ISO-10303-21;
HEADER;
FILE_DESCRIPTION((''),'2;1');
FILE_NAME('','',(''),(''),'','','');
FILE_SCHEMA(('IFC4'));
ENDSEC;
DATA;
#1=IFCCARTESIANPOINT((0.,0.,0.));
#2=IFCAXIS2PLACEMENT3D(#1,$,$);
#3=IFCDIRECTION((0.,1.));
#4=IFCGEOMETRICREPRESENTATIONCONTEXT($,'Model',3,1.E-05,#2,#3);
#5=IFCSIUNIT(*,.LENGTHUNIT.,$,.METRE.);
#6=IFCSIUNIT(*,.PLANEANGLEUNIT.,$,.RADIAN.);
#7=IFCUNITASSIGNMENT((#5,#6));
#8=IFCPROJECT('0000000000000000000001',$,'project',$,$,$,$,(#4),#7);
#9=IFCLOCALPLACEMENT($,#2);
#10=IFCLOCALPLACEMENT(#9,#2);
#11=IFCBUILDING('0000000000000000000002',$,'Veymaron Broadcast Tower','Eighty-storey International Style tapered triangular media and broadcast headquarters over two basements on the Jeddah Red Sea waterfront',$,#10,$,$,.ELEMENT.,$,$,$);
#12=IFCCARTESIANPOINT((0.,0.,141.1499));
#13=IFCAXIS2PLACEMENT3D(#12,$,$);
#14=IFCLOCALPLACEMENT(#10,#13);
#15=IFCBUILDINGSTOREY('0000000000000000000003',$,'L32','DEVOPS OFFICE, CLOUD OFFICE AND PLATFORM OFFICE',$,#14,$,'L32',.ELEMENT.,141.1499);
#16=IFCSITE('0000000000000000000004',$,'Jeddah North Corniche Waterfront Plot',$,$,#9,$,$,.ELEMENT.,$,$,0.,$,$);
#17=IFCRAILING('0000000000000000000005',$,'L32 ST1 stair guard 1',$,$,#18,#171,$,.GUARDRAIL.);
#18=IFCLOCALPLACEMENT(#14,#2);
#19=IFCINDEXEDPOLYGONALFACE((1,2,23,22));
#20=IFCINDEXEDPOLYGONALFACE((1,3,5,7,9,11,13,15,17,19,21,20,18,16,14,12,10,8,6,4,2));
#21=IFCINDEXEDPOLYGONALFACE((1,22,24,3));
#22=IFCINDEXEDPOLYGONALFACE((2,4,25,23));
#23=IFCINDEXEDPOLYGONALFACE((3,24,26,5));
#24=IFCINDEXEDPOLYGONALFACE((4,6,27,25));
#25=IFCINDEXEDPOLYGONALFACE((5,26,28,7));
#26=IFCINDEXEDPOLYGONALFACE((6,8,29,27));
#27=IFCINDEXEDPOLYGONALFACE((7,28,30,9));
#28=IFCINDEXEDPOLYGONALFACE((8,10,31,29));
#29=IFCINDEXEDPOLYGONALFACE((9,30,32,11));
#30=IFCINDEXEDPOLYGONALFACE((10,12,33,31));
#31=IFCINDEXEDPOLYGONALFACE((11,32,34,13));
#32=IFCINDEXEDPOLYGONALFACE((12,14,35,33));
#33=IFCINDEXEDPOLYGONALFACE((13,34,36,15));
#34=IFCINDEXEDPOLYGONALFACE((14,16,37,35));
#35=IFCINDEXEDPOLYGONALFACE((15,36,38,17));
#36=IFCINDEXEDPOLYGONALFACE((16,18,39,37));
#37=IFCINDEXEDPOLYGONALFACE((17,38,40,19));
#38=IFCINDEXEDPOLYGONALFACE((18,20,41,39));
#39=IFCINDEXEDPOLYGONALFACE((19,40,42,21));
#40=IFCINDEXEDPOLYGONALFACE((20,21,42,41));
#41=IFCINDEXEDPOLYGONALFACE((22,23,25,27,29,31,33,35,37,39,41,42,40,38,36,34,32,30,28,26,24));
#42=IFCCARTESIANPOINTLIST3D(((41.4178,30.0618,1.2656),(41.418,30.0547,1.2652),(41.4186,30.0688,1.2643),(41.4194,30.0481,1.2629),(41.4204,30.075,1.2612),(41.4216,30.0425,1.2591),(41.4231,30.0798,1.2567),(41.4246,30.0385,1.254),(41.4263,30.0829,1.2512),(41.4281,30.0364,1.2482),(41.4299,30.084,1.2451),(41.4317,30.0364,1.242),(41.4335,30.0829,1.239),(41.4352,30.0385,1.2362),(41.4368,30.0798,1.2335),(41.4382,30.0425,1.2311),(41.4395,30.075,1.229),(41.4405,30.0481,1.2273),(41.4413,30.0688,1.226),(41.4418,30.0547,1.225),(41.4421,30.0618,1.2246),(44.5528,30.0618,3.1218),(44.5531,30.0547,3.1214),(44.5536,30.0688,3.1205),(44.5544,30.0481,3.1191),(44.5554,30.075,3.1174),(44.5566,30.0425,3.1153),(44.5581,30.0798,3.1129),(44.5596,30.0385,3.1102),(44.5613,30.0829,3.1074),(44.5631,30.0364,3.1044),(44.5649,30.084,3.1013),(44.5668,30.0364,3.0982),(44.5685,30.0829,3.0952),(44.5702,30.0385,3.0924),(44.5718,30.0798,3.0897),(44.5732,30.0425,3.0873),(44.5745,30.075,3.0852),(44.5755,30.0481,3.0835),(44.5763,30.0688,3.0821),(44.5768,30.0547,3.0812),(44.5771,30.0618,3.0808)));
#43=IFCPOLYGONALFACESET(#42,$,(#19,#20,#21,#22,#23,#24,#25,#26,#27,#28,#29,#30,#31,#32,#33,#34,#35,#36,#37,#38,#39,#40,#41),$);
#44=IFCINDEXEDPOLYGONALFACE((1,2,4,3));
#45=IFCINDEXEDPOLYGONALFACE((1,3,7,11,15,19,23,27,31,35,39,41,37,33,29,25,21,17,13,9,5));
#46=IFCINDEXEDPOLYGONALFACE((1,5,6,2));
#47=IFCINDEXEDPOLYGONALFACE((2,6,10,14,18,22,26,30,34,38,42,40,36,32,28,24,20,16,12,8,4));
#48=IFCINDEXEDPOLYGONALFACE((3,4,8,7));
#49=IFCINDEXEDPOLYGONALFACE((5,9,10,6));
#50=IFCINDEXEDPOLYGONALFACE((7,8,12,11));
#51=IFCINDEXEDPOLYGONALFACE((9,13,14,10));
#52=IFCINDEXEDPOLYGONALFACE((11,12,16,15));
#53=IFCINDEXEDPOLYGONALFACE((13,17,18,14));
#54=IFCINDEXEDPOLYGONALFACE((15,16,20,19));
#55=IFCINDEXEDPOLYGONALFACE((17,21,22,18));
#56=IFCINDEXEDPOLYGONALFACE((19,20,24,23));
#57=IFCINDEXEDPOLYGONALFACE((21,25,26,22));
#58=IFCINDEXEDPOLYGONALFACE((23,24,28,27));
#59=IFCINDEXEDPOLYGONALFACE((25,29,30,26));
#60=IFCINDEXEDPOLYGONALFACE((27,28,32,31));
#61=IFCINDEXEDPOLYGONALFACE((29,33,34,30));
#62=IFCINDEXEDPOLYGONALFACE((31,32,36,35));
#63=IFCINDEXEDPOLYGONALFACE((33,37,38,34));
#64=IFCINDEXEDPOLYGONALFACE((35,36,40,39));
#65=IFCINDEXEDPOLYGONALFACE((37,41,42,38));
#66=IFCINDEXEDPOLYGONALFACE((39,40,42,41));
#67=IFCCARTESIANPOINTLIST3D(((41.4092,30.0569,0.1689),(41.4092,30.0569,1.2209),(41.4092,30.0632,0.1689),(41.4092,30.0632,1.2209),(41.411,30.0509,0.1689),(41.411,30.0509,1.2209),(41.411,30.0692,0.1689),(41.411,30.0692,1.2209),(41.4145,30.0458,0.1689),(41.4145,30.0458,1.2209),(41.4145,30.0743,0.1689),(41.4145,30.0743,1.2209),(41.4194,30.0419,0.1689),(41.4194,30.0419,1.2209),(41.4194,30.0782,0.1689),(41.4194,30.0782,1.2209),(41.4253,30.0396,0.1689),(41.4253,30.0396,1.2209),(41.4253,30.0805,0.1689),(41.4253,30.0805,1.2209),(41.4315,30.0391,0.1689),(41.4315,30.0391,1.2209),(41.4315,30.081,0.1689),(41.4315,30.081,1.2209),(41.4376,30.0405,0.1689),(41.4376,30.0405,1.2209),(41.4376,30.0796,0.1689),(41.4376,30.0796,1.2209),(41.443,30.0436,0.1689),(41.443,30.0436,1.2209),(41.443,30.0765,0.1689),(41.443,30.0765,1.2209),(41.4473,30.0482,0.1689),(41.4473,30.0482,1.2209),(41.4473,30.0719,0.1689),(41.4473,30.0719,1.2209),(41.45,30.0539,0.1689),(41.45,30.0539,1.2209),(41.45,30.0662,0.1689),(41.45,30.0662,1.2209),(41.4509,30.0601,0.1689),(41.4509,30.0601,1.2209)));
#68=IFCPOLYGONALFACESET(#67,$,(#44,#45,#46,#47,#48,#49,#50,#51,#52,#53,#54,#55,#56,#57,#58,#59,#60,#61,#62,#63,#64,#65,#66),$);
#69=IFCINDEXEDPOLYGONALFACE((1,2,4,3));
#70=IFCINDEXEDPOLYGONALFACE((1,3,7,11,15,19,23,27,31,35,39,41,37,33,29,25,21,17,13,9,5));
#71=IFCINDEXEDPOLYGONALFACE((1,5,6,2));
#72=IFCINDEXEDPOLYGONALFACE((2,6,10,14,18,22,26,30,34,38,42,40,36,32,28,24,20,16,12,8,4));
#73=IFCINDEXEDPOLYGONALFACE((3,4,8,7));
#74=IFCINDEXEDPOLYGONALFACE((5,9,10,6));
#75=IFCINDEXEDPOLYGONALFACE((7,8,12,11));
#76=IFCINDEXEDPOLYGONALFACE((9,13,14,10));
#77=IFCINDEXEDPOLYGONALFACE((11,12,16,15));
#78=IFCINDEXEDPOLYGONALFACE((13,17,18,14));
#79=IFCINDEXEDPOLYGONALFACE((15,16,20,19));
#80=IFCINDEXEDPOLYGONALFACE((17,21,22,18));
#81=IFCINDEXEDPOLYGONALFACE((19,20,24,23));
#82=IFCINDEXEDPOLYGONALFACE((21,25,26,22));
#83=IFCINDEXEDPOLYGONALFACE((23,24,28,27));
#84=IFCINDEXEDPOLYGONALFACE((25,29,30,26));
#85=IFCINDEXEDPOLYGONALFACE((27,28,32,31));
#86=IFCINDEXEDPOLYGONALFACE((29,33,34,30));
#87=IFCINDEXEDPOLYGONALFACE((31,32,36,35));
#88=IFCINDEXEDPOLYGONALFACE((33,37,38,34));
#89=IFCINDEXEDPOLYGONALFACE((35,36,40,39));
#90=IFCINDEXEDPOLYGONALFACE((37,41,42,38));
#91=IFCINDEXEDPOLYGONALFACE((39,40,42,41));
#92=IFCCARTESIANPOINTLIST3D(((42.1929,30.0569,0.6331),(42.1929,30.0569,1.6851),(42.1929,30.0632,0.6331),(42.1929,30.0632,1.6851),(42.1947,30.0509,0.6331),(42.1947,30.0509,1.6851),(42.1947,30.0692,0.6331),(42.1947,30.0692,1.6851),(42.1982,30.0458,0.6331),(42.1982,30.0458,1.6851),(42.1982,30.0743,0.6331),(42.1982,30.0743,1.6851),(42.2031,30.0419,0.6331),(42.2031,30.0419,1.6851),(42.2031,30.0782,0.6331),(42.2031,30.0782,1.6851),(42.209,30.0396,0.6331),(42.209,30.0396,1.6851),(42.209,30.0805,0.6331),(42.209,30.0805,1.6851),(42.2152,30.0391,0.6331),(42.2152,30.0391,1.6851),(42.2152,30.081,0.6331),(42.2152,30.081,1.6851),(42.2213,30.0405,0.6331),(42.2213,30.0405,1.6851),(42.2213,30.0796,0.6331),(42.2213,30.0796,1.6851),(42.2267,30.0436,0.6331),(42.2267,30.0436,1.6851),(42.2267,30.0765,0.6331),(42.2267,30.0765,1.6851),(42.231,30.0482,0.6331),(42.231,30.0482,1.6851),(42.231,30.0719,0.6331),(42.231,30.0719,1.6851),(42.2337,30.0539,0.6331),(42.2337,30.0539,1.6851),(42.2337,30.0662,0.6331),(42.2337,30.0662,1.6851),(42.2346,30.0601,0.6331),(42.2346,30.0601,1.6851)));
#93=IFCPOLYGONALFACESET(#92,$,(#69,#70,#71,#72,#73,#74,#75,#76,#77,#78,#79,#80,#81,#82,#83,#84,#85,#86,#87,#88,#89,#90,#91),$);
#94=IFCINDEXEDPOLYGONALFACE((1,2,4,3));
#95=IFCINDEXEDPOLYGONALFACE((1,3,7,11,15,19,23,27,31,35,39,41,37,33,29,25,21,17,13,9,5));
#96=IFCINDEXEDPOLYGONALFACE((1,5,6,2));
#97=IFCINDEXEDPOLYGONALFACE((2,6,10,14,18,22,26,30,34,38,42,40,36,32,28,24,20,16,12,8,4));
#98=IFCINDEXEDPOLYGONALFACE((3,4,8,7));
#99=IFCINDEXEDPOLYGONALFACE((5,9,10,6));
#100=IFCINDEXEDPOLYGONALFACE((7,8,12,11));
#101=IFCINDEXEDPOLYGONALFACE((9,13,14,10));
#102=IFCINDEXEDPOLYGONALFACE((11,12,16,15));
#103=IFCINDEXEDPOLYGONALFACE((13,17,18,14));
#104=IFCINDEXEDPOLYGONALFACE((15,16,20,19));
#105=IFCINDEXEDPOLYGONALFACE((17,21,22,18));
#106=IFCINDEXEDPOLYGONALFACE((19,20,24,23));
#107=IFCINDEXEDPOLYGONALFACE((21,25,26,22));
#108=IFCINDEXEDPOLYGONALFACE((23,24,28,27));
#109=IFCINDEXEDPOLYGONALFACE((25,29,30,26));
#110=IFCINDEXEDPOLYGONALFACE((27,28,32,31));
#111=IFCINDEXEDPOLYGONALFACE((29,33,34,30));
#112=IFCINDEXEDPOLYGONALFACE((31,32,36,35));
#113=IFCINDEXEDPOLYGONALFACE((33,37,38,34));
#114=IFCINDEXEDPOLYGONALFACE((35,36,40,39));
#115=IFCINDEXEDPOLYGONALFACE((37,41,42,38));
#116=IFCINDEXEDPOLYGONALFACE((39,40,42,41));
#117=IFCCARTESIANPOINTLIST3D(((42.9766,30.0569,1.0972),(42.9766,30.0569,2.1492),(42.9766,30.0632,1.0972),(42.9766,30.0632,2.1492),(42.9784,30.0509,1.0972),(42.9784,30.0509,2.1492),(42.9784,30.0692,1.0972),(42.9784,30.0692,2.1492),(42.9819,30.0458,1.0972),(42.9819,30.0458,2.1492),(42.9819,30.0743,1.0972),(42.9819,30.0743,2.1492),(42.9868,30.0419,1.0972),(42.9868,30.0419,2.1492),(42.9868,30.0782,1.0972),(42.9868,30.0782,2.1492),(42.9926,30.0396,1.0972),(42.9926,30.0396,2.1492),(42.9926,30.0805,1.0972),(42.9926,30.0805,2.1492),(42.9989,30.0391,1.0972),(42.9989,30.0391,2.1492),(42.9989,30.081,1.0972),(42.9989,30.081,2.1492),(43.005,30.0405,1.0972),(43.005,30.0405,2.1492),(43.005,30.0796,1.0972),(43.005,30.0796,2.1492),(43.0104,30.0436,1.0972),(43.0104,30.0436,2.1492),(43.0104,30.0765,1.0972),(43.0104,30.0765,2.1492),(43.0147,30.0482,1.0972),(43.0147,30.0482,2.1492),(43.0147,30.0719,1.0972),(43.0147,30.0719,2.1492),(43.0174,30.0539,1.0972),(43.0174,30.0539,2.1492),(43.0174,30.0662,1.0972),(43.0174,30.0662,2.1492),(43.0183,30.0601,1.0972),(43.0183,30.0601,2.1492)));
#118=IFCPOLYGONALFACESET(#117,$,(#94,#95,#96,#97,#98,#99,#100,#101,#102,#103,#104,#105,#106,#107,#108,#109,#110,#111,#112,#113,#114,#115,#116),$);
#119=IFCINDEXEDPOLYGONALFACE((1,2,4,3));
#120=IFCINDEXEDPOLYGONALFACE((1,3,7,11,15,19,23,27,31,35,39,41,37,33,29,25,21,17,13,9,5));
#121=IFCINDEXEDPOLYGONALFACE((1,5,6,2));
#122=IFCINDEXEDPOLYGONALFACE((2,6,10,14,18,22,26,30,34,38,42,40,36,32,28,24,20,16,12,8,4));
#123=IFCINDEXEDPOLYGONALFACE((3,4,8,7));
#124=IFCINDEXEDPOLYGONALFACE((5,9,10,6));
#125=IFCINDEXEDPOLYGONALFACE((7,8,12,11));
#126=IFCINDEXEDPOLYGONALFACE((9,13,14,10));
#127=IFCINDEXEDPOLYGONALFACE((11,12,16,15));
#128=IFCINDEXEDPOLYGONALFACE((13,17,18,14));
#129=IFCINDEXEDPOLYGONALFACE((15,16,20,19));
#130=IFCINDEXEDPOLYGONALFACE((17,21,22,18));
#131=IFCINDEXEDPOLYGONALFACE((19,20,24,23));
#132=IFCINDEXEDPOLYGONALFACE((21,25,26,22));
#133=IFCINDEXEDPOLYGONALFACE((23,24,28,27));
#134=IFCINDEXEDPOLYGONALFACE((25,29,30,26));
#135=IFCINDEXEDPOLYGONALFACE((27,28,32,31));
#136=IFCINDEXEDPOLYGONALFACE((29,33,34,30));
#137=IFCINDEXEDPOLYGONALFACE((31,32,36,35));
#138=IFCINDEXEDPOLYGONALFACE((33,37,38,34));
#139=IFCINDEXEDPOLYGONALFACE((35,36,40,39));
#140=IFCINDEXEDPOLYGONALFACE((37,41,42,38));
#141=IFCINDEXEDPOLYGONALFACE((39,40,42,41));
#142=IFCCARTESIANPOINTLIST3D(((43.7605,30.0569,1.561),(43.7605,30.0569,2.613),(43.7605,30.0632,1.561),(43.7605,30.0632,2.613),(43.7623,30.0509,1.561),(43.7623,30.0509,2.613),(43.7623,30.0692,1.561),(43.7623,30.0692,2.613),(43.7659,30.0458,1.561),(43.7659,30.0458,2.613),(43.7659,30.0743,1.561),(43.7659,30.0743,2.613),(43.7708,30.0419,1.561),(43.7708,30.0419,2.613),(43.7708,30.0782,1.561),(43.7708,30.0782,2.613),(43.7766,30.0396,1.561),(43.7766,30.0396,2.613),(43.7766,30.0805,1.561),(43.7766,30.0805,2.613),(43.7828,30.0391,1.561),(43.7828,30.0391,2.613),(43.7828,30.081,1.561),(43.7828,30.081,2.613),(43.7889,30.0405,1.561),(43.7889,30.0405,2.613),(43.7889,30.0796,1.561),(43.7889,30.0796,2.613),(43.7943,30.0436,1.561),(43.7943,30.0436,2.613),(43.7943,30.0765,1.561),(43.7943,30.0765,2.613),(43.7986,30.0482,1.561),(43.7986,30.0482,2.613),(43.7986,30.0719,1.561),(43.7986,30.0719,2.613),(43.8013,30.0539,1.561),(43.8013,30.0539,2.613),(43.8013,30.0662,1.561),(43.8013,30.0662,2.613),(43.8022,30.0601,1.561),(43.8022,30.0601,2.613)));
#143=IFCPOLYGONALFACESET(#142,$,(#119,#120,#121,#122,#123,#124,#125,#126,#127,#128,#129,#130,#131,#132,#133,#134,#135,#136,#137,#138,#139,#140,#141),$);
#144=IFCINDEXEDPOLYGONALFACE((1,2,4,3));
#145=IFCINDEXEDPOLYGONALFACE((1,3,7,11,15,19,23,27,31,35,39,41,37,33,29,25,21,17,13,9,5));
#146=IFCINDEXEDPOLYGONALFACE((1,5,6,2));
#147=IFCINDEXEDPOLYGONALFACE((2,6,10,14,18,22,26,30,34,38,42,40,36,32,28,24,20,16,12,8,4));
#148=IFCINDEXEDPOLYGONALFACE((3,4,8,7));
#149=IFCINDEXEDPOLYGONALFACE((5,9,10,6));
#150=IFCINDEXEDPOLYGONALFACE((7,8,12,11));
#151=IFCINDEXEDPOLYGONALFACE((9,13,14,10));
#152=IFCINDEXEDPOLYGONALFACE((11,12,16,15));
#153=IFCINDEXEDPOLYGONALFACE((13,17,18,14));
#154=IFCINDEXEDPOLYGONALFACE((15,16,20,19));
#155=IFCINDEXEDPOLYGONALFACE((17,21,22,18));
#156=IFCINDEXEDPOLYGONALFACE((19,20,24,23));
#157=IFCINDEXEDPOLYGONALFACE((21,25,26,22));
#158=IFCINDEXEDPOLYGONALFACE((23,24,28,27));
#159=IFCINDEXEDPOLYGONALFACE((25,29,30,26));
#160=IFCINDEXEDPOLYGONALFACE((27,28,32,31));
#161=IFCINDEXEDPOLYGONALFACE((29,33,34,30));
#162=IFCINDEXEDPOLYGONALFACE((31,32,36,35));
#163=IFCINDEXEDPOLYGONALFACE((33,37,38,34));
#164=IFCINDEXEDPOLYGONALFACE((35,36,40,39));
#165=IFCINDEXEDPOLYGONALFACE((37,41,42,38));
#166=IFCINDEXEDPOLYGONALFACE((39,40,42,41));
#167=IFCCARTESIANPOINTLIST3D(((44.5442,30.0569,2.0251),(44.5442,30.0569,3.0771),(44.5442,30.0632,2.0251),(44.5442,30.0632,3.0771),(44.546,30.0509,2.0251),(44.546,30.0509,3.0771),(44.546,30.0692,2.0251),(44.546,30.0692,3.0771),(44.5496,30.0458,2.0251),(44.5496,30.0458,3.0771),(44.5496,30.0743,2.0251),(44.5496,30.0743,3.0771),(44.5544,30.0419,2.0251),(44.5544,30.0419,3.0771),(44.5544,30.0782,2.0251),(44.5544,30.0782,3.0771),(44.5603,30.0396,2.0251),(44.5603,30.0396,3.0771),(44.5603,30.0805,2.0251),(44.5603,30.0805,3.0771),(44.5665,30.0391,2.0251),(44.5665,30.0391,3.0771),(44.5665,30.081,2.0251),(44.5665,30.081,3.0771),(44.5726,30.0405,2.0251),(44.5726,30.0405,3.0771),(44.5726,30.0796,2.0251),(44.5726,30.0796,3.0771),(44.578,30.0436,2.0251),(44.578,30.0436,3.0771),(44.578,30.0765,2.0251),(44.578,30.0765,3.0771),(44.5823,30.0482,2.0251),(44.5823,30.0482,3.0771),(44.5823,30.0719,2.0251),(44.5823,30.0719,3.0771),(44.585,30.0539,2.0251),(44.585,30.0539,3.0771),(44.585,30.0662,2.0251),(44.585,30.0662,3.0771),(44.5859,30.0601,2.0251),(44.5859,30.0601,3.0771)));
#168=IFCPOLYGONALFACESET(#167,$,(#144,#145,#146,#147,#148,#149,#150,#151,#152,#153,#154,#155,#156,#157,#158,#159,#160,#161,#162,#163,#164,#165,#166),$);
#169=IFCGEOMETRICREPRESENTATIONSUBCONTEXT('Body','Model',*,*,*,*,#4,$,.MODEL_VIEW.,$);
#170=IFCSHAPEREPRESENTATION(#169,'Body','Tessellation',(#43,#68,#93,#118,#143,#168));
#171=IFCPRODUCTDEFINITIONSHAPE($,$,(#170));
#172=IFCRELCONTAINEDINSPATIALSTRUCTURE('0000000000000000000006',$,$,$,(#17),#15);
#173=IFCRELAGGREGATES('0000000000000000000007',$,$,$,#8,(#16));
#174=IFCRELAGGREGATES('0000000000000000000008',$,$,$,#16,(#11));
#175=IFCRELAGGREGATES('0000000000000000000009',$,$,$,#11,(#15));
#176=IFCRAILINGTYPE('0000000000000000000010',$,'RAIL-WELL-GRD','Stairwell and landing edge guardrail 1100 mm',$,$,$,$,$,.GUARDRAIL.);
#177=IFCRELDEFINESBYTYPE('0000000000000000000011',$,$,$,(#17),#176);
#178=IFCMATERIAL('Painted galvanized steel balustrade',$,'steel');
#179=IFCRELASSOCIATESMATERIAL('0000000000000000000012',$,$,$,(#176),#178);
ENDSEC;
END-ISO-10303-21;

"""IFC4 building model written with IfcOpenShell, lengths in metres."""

from ifc_helpers import new_model, si_unit, direction, frame, origin, origin_2d, place, context, subcontext, project, spatial, circle, extrude, material, type_object, element, save


model = new_model("IFC4")

# Units and contexts
model_context = context("Model", 3, precision=1e-05, world=origin(), true_north=direction((0.0, 1.0)))
body_context = subcontext(model_context, "Body", "Model", "MODEL_VIEW")
ifc_project = project(units=[si_unit("LENGTHUNIT", "METRE"), si_unit("PLANEANGLEUNIT", "RADIAN")], contexts=[model_context])

# Site, building, storey
site_placement = place(None, origin())
site = spatial("IfcSite", under=ifc_project, at=site_placement, Name="Jeddah North Corniche Waterfront Plot", CompositionType="ELEMENT", RefElevation=0.0)
building_placement = place(site_placement, origin())
building = spatial("IfcBuilding", under=site, at=building_placement, Name="Veymaron Broadcast Tower", Description="Eighty-storey International Style tapered triangular media and broadcast headquarters over two basements on the Jeddah Red Sea waterfront", CompositionType="ELEMENT")
storey_placement = place(building_placement, frame((0.0, 0.0, 141.1499)))
storey = spatial("IfcBuildingStorey", under=building, at=storey_placement, Name="L32", Description="DEVOPS OFFICE, CLOUD OFFICE AND PLATFORM OFFICE", LongName="L32", CompositionType="ELEMENT", Elevation=141.1499)

# Railing
ifc_material_1 = material(Name="Painted galvanized steel balustrade", Category="steel")
railing_type_1 = type_object("IfcRailingType", Name="RAIL-WELL-GRD", Description="Stairwell and landing edge guardrail 1100 mm", PredefinedType="GUARDRAIL", material=ifc_material_1)
railing_1_placement = place(storey_placement, frame((41.4299, 30.0601, 0.1689)))
element("IfcRailing", 1, at=railing_1_placement, inside=storey, type_object=railing_type_1, Name="L32 ST1 stair guard 1", PredefinedType="GUARDRAIL", context=body_context, shape_type="SweptSolid", body=[
    extrude(circle(Radius=0.0239, at=origin_2d()), frame((0.0, 0.0, 1.0762), z_axis=(0.860482, 0.0, 0.509481), x_axis=(0.0, 1.0, 0.0)), (0.0, 0.0, 1.0), 3.6433),
    extrude(circle(Radius=0.021, at=origin_2d()), origin(), (0.0, 0.0, 1.0), 1.052),
    extrude(circle(Radius=0.021, at=origin_2d()), frame((0.7837, 0.0, 0.4641)), (0.0, 0.0, 1.0), 1.052),
    extrude(circle(Radius=0.021, at=origin_2d()), frame((1.5674, 0.0, 0.9282)), (0.0, 0.0, 1.0), 1.052),
    extrude(circle(Radius=0.021, at=origin_2d()), frame((2.3513, 0.0, 1.3921)), (0.0, 0.0, 1.0), 1.052),
    extrude(circle(Radius=0.021, at=origin_2d()), frame((3.135, 0.0, 1.8562)), (0.0, 0.0, 1.0), 1.052),
])

save(model, "model.ifc")
